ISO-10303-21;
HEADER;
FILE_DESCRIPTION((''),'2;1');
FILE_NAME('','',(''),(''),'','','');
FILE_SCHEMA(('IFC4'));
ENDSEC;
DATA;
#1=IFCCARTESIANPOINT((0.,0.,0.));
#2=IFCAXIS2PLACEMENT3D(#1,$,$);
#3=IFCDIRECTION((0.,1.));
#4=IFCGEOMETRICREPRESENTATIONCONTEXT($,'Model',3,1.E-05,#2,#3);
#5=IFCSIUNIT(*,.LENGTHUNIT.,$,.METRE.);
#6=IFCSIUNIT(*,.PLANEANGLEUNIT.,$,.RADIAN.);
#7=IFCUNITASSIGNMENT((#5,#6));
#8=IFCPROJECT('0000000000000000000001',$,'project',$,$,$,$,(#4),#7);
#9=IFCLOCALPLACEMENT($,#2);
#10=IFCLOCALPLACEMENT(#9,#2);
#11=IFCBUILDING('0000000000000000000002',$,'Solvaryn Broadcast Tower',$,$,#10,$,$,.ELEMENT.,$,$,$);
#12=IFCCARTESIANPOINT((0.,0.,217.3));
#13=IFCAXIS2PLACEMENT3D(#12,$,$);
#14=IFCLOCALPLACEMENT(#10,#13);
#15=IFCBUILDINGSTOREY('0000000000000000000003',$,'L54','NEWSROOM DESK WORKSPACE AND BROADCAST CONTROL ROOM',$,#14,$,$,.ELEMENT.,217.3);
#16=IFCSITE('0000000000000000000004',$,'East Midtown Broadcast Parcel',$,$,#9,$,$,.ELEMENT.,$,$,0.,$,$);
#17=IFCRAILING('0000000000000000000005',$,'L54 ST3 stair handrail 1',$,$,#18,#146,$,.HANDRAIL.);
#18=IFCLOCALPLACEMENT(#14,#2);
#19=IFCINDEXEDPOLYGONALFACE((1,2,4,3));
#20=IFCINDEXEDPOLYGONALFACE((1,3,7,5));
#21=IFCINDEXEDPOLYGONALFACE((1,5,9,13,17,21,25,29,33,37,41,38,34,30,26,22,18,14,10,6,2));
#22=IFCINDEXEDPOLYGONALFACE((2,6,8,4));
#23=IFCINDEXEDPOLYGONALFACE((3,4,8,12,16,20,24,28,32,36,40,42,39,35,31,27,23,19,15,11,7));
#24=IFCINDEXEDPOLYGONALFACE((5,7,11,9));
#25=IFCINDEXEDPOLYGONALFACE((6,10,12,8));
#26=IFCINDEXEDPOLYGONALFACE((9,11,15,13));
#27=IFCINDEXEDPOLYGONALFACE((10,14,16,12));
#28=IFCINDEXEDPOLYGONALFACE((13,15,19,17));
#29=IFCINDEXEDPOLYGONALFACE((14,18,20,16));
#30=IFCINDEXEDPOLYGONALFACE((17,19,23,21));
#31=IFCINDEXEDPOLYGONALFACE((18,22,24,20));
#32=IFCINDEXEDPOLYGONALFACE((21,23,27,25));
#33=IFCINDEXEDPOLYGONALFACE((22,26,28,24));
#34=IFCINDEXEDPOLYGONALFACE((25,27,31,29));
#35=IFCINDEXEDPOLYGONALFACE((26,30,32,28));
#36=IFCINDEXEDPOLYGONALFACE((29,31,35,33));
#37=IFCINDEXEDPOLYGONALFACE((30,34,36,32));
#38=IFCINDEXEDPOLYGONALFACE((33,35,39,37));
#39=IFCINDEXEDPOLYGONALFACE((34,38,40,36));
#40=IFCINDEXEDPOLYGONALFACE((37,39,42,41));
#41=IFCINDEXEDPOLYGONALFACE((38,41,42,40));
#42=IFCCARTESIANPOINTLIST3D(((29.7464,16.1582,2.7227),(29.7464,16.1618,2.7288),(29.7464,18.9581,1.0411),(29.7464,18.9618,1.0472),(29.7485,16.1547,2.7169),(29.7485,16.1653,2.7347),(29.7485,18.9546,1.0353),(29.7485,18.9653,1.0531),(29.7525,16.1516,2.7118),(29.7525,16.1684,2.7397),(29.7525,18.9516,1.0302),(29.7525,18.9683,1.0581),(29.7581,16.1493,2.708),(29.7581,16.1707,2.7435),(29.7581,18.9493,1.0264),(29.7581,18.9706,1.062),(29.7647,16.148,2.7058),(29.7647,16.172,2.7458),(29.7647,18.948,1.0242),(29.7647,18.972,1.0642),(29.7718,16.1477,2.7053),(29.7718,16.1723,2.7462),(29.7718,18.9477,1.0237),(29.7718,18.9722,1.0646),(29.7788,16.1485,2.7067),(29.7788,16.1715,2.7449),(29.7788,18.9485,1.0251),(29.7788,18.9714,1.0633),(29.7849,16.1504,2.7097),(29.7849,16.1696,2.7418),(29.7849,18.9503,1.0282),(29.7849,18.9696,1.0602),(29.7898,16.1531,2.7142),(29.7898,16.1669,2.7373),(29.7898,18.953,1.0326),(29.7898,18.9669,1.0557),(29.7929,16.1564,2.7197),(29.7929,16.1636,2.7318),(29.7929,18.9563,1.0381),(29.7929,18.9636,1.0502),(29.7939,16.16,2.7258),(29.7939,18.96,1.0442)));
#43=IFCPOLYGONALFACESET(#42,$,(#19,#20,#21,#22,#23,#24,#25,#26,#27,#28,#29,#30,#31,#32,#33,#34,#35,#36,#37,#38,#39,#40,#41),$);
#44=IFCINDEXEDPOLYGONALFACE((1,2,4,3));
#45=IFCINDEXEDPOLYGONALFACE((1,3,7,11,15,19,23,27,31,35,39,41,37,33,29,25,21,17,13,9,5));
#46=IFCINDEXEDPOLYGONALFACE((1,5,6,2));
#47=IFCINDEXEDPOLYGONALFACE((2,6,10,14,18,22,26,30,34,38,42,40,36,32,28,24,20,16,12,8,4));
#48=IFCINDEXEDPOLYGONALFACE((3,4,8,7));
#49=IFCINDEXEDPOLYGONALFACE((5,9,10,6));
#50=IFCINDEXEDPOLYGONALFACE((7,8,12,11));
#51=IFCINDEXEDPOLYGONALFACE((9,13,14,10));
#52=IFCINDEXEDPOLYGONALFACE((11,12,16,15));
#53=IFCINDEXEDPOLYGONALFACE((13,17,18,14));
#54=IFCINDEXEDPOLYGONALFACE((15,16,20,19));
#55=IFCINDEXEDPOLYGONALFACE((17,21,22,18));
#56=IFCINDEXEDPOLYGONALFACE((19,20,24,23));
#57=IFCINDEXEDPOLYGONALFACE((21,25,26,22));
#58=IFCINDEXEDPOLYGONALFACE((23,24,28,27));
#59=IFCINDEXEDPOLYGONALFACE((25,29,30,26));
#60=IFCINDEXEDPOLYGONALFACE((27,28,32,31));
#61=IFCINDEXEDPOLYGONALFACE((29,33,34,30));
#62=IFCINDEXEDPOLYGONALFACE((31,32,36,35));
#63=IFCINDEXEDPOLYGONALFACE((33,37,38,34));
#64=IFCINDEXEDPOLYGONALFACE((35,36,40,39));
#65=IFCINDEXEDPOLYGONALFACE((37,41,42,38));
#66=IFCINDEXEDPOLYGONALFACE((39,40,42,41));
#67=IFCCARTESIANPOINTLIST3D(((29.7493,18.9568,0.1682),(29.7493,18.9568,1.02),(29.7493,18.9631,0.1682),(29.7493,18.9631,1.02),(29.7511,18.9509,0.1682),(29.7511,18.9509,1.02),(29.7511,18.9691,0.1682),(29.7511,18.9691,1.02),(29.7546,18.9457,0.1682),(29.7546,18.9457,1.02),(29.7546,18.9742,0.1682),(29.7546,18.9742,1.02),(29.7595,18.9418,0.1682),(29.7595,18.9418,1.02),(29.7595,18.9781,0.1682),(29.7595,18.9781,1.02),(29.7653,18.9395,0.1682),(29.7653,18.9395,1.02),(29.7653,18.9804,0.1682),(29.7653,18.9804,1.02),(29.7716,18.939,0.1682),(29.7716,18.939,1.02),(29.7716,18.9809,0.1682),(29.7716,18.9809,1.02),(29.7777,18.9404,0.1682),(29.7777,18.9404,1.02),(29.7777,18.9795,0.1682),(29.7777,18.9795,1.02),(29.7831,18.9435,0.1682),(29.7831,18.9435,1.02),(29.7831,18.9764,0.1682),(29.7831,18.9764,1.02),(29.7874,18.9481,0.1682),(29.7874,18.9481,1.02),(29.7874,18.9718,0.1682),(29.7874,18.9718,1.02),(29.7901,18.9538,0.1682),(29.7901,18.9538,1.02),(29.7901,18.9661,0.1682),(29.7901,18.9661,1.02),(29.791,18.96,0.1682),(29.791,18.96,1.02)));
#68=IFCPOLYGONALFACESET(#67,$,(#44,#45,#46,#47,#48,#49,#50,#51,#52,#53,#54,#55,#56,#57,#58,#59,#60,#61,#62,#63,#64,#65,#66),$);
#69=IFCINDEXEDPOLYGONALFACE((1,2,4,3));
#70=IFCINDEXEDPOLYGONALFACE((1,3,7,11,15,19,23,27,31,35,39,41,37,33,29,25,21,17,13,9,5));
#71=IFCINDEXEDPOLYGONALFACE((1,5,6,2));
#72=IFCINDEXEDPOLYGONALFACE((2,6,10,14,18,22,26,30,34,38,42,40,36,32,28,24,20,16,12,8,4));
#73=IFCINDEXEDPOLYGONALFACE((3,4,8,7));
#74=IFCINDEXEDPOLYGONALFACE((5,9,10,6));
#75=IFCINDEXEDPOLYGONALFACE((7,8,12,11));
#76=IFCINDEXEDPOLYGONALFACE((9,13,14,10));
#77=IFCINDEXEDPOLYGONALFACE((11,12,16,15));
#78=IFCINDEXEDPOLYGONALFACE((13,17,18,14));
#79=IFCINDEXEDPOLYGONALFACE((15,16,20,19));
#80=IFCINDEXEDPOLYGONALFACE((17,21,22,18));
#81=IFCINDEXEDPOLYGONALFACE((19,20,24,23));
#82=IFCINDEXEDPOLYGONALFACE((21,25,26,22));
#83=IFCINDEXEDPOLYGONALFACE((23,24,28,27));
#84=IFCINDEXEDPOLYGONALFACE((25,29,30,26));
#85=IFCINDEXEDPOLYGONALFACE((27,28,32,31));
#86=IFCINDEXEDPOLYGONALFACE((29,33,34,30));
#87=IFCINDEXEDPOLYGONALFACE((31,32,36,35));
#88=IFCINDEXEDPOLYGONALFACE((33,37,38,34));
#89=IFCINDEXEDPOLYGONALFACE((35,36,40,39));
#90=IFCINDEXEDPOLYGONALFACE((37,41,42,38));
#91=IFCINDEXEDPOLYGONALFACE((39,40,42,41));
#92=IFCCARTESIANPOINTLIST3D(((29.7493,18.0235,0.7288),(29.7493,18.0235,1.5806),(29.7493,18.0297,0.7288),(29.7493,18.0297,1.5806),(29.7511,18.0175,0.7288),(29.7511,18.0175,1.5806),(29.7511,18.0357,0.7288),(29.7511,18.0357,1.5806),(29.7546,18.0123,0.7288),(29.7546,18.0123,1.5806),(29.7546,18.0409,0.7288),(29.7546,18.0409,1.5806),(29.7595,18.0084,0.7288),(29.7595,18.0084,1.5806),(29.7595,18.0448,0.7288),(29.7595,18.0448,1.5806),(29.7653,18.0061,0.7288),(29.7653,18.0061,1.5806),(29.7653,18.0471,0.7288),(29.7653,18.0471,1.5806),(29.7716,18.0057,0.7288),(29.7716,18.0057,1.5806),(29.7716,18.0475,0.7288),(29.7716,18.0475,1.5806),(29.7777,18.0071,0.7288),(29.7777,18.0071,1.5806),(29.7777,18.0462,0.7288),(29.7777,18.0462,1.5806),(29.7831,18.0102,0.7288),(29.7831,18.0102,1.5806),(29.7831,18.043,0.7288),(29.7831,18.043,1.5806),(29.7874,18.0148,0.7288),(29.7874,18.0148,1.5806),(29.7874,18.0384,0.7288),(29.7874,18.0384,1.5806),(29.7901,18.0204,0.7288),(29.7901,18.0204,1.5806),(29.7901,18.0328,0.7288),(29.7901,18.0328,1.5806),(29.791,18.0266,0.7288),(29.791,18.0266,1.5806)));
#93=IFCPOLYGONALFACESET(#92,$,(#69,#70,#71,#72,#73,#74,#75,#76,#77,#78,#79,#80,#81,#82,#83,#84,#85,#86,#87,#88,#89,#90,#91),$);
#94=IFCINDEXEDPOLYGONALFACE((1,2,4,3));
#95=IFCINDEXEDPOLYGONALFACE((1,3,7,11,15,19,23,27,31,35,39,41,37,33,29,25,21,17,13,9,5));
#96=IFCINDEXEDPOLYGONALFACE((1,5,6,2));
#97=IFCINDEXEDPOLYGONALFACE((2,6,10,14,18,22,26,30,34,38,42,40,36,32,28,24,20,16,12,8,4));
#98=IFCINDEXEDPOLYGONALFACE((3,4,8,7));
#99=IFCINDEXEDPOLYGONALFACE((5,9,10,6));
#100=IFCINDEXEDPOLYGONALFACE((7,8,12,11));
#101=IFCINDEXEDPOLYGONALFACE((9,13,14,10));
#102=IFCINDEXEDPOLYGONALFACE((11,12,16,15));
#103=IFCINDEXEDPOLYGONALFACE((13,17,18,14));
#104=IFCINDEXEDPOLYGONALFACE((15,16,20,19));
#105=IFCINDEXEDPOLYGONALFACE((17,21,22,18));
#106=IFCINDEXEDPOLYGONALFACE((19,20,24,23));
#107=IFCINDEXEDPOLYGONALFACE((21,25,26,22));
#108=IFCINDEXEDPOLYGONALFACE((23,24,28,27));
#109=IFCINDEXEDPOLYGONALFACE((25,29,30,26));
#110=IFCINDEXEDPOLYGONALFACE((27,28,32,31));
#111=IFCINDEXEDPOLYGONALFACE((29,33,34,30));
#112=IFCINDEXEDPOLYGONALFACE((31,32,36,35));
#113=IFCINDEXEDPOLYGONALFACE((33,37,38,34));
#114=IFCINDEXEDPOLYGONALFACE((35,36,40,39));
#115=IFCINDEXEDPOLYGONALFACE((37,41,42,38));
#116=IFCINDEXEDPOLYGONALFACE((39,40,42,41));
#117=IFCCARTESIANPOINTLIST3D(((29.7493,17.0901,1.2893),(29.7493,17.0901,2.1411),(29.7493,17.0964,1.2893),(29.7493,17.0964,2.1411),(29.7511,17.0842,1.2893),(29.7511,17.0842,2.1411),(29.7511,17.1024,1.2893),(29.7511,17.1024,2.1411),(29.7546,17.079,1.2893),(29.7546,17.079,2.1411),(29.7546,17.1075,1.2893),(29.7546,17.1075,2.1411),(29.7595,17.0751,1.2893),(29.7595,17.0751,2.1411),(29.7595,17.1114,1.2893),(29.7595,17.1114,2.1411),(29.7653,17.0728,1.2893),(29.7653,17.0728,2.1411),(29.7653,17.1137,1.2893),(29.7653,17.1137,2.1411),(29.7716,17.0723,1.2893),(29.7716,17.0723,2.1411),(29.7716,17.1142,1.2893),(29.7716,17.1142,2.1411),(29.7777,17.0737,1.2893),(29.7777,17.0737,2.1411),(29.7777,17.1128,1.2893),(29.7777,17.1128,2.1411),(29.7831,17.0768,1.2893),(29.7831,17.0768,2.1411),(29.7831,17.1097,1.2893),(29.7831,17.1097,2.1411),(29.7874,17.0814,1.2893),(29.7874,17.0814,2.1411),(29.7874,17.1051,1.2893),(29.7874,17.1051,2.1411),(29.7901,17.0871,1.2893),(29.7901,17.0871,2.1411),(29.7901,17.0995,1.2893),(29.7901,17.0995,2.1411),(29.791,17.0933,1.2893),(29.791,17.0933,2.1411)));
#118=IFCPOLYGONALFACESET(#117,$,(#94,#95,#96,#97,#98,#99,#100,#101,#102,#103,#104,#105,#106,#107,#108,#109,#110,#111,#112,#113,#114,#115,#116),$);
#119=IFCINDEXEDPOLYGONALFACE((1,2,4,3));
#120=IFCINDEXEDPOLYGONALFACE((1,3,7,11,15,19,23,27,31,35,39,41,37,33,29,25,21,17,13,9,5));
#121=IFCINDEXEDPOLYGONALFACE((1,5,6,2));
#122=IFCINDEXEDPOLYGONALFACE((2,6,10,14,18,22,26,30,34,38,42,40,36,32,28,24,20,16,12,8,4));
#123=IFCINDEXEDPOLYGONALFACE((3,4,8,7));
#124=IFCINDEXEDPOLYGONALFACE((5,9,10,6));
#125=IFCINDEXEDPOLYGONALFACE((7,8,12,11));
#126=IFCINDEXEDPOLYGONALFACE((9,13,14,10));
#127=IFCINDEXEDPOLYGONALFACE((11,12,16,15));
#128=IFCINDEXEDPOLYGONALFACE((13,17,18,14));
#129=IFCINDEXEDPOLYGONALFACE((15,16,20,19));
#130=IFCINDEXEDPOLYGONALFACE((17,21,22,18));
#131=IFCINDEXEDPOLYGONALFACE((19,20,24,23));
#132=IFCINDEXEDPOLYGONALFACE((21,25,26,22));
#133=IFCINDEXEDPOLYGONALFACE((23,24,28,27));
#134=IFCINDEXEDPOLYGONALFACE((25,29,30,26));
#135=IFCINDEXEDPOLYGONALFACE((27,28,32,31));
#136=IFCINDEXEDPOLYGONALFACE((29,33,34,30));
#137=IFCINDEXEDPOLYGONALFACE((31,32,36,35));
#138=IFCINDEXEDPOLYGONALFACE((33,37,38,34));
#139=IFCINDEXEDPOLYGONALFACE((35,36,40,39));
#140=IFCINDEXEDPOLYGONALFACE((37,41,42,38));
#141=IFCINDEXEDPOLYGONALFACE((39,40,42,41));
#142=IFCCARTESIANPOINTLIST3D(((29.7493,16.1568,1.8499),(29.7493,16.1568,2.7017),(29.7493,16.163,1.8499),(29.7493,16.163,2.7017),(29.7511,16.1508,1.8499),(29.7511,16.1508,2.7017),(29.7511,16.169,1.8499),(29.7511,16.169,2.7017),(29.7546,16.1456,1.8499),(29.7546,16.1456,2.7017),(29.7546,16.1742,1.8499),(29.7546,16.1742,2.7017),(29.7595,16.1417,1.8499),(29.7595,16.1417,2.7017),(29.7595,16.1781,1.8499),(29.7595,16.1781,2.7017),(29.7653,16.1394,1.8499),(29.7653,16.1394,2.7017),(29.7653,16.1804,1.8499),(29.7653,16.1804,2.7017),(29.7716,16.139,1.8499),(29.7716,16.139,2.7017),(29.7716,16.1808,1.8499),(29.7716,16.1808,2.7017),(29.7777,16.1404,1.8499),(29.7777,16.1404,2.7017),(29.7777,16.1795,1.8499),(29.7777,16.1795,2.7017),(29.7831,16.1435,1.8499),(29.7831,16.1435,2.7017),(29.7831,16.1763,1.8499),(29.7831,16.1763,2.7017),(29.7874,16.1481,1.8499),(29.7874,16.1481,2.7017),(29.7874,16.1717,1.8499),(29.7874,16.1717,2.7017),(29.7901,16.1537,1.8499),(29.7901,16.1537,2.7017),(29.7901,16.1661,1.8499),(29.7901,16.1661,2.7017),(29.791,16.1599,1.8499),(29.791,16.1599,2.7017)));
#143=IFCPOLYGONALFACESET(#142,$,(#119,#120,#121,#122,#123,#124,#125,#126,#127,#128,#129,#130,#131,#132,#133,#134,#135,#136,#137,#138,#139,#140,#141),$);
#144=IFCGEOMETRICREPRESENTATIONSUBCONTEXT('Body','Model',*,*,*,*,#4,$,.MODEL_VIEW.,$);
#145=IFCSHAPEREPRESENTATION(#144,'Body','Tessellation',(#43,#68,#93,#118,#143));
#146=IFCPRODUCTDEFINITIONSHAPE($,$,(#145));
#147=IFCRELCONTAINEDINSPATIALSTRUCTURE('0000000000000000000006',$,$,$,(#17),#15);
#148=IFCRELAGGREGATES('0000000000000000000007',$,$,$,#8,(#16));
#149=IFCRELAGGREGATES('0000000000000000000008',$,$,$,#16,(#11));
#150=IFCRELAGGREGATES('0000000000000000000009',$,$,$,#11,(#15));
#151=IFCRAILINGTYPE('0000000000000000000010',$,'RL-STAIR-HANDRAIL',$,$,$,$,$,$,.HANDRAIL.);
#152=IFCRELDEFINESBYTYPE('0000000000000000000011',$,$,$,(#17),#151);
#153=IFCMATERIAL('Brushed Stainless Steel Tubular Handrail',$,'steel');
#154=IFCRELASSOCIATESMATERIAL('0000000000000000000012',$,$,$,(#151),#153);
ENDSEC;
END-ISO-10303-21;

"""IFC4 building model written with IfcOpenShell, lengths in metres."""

from ifc_helpers import new_model, si_unit, direction, frame, origin, origin_2d, place, context, subcontext, project, spatial, circle, extrude, material, type_object, element, save


model = new_model("IFC4")

# Units and contexts
model_context = context("Model", 3, precision=1e-05, world=origin(), true_north=direction((0.0, 1.0)))
body_context = subcontext(model_context, "Body", "Model", "MODEL_VIEW")
ifc_project = project(units=[si_unit("LENGTHUNIT", "METRE"), si_unit("PLANEANGLEUNIT", "RADIAN")], contexts=[model_context])

# Site, building, storey
site_placement = place(None, origin())
site = spatial("IfcSite", under=ifc_project, at=site_placement, Name="East Midtown Broadcast Parcel", CompositionType="ELEMENT", RefElevation=0.0)
building_placement = place(site_placement, origin())
building = spatial("IfcBuilding", under=site, at=building_placement, Name="Solvaryn Broadcast Tower", CompositionType="ELEMENT")
storey_placement = place(building_placement, frame((0.0, 0.0, 217.3)))
storey = spatial("IfcBuildingStorey", under=building, at=storey_placement, Name="L54", Description="NEWSROOM DESK WORKSPACE AND BROADCAST CONTROL ROOM", CompositionType="ELEMENT", Elevation=217.3)

# Railing
ifc_material_1 = material(Name="Brushed Stainless Steel Tubular Handrail", Category="steel")
railing_type_1 = type_object("IfcRailingType", Name="RL-STAIR-HANDRAIL", PredefinedType="HANDRAIL", material=ifc_material_1)
railing_1_placement = place(storey_placement, frame((29.77, 18.96, 0.1682)))
element("IfcRailing", 1, at=railing_1_placement, inside=storey, type_object=railing_type_1, Name="L54 ST3 stair handrail 1", PredefinedType="HANDRAIL", context=body_context, shape_type="SweptSolid", body=[
    extrude(circle(Radius=0.0239, at=origin_2d()), frame((0.0, 0.0, 0.876), z_axis=(0.0, -0.857275, 0.514858), x_axis=(1.0, 0.0, 0.0)), (0.0, 0.0, 1.0), 3.2661),
    extrude(circle(Radius=0.021, at=origin_2d()), origin(), (0.0, 0.0, 1.0), 0.8518),
    extrude(circle(Radius=0.021, at=origin_2d()), frame((0.0, -0.9333, 0.5605)), (0.0, 0.0, 1.0), 0.8518),
    extrude(circle(Radius=0.021, at=origin_2d()), frame((0.0, -1.8667, 1.1211)), (0.0, 0.0, 1.0), 0.8518),
    extrude(circle(Radius=0.021, at=origin_2d()), frame((0.0, -2.8, 1.6816)), (0.0, 0.0, 1.0), 0.8518),
])

save(model, "model.ifc")
